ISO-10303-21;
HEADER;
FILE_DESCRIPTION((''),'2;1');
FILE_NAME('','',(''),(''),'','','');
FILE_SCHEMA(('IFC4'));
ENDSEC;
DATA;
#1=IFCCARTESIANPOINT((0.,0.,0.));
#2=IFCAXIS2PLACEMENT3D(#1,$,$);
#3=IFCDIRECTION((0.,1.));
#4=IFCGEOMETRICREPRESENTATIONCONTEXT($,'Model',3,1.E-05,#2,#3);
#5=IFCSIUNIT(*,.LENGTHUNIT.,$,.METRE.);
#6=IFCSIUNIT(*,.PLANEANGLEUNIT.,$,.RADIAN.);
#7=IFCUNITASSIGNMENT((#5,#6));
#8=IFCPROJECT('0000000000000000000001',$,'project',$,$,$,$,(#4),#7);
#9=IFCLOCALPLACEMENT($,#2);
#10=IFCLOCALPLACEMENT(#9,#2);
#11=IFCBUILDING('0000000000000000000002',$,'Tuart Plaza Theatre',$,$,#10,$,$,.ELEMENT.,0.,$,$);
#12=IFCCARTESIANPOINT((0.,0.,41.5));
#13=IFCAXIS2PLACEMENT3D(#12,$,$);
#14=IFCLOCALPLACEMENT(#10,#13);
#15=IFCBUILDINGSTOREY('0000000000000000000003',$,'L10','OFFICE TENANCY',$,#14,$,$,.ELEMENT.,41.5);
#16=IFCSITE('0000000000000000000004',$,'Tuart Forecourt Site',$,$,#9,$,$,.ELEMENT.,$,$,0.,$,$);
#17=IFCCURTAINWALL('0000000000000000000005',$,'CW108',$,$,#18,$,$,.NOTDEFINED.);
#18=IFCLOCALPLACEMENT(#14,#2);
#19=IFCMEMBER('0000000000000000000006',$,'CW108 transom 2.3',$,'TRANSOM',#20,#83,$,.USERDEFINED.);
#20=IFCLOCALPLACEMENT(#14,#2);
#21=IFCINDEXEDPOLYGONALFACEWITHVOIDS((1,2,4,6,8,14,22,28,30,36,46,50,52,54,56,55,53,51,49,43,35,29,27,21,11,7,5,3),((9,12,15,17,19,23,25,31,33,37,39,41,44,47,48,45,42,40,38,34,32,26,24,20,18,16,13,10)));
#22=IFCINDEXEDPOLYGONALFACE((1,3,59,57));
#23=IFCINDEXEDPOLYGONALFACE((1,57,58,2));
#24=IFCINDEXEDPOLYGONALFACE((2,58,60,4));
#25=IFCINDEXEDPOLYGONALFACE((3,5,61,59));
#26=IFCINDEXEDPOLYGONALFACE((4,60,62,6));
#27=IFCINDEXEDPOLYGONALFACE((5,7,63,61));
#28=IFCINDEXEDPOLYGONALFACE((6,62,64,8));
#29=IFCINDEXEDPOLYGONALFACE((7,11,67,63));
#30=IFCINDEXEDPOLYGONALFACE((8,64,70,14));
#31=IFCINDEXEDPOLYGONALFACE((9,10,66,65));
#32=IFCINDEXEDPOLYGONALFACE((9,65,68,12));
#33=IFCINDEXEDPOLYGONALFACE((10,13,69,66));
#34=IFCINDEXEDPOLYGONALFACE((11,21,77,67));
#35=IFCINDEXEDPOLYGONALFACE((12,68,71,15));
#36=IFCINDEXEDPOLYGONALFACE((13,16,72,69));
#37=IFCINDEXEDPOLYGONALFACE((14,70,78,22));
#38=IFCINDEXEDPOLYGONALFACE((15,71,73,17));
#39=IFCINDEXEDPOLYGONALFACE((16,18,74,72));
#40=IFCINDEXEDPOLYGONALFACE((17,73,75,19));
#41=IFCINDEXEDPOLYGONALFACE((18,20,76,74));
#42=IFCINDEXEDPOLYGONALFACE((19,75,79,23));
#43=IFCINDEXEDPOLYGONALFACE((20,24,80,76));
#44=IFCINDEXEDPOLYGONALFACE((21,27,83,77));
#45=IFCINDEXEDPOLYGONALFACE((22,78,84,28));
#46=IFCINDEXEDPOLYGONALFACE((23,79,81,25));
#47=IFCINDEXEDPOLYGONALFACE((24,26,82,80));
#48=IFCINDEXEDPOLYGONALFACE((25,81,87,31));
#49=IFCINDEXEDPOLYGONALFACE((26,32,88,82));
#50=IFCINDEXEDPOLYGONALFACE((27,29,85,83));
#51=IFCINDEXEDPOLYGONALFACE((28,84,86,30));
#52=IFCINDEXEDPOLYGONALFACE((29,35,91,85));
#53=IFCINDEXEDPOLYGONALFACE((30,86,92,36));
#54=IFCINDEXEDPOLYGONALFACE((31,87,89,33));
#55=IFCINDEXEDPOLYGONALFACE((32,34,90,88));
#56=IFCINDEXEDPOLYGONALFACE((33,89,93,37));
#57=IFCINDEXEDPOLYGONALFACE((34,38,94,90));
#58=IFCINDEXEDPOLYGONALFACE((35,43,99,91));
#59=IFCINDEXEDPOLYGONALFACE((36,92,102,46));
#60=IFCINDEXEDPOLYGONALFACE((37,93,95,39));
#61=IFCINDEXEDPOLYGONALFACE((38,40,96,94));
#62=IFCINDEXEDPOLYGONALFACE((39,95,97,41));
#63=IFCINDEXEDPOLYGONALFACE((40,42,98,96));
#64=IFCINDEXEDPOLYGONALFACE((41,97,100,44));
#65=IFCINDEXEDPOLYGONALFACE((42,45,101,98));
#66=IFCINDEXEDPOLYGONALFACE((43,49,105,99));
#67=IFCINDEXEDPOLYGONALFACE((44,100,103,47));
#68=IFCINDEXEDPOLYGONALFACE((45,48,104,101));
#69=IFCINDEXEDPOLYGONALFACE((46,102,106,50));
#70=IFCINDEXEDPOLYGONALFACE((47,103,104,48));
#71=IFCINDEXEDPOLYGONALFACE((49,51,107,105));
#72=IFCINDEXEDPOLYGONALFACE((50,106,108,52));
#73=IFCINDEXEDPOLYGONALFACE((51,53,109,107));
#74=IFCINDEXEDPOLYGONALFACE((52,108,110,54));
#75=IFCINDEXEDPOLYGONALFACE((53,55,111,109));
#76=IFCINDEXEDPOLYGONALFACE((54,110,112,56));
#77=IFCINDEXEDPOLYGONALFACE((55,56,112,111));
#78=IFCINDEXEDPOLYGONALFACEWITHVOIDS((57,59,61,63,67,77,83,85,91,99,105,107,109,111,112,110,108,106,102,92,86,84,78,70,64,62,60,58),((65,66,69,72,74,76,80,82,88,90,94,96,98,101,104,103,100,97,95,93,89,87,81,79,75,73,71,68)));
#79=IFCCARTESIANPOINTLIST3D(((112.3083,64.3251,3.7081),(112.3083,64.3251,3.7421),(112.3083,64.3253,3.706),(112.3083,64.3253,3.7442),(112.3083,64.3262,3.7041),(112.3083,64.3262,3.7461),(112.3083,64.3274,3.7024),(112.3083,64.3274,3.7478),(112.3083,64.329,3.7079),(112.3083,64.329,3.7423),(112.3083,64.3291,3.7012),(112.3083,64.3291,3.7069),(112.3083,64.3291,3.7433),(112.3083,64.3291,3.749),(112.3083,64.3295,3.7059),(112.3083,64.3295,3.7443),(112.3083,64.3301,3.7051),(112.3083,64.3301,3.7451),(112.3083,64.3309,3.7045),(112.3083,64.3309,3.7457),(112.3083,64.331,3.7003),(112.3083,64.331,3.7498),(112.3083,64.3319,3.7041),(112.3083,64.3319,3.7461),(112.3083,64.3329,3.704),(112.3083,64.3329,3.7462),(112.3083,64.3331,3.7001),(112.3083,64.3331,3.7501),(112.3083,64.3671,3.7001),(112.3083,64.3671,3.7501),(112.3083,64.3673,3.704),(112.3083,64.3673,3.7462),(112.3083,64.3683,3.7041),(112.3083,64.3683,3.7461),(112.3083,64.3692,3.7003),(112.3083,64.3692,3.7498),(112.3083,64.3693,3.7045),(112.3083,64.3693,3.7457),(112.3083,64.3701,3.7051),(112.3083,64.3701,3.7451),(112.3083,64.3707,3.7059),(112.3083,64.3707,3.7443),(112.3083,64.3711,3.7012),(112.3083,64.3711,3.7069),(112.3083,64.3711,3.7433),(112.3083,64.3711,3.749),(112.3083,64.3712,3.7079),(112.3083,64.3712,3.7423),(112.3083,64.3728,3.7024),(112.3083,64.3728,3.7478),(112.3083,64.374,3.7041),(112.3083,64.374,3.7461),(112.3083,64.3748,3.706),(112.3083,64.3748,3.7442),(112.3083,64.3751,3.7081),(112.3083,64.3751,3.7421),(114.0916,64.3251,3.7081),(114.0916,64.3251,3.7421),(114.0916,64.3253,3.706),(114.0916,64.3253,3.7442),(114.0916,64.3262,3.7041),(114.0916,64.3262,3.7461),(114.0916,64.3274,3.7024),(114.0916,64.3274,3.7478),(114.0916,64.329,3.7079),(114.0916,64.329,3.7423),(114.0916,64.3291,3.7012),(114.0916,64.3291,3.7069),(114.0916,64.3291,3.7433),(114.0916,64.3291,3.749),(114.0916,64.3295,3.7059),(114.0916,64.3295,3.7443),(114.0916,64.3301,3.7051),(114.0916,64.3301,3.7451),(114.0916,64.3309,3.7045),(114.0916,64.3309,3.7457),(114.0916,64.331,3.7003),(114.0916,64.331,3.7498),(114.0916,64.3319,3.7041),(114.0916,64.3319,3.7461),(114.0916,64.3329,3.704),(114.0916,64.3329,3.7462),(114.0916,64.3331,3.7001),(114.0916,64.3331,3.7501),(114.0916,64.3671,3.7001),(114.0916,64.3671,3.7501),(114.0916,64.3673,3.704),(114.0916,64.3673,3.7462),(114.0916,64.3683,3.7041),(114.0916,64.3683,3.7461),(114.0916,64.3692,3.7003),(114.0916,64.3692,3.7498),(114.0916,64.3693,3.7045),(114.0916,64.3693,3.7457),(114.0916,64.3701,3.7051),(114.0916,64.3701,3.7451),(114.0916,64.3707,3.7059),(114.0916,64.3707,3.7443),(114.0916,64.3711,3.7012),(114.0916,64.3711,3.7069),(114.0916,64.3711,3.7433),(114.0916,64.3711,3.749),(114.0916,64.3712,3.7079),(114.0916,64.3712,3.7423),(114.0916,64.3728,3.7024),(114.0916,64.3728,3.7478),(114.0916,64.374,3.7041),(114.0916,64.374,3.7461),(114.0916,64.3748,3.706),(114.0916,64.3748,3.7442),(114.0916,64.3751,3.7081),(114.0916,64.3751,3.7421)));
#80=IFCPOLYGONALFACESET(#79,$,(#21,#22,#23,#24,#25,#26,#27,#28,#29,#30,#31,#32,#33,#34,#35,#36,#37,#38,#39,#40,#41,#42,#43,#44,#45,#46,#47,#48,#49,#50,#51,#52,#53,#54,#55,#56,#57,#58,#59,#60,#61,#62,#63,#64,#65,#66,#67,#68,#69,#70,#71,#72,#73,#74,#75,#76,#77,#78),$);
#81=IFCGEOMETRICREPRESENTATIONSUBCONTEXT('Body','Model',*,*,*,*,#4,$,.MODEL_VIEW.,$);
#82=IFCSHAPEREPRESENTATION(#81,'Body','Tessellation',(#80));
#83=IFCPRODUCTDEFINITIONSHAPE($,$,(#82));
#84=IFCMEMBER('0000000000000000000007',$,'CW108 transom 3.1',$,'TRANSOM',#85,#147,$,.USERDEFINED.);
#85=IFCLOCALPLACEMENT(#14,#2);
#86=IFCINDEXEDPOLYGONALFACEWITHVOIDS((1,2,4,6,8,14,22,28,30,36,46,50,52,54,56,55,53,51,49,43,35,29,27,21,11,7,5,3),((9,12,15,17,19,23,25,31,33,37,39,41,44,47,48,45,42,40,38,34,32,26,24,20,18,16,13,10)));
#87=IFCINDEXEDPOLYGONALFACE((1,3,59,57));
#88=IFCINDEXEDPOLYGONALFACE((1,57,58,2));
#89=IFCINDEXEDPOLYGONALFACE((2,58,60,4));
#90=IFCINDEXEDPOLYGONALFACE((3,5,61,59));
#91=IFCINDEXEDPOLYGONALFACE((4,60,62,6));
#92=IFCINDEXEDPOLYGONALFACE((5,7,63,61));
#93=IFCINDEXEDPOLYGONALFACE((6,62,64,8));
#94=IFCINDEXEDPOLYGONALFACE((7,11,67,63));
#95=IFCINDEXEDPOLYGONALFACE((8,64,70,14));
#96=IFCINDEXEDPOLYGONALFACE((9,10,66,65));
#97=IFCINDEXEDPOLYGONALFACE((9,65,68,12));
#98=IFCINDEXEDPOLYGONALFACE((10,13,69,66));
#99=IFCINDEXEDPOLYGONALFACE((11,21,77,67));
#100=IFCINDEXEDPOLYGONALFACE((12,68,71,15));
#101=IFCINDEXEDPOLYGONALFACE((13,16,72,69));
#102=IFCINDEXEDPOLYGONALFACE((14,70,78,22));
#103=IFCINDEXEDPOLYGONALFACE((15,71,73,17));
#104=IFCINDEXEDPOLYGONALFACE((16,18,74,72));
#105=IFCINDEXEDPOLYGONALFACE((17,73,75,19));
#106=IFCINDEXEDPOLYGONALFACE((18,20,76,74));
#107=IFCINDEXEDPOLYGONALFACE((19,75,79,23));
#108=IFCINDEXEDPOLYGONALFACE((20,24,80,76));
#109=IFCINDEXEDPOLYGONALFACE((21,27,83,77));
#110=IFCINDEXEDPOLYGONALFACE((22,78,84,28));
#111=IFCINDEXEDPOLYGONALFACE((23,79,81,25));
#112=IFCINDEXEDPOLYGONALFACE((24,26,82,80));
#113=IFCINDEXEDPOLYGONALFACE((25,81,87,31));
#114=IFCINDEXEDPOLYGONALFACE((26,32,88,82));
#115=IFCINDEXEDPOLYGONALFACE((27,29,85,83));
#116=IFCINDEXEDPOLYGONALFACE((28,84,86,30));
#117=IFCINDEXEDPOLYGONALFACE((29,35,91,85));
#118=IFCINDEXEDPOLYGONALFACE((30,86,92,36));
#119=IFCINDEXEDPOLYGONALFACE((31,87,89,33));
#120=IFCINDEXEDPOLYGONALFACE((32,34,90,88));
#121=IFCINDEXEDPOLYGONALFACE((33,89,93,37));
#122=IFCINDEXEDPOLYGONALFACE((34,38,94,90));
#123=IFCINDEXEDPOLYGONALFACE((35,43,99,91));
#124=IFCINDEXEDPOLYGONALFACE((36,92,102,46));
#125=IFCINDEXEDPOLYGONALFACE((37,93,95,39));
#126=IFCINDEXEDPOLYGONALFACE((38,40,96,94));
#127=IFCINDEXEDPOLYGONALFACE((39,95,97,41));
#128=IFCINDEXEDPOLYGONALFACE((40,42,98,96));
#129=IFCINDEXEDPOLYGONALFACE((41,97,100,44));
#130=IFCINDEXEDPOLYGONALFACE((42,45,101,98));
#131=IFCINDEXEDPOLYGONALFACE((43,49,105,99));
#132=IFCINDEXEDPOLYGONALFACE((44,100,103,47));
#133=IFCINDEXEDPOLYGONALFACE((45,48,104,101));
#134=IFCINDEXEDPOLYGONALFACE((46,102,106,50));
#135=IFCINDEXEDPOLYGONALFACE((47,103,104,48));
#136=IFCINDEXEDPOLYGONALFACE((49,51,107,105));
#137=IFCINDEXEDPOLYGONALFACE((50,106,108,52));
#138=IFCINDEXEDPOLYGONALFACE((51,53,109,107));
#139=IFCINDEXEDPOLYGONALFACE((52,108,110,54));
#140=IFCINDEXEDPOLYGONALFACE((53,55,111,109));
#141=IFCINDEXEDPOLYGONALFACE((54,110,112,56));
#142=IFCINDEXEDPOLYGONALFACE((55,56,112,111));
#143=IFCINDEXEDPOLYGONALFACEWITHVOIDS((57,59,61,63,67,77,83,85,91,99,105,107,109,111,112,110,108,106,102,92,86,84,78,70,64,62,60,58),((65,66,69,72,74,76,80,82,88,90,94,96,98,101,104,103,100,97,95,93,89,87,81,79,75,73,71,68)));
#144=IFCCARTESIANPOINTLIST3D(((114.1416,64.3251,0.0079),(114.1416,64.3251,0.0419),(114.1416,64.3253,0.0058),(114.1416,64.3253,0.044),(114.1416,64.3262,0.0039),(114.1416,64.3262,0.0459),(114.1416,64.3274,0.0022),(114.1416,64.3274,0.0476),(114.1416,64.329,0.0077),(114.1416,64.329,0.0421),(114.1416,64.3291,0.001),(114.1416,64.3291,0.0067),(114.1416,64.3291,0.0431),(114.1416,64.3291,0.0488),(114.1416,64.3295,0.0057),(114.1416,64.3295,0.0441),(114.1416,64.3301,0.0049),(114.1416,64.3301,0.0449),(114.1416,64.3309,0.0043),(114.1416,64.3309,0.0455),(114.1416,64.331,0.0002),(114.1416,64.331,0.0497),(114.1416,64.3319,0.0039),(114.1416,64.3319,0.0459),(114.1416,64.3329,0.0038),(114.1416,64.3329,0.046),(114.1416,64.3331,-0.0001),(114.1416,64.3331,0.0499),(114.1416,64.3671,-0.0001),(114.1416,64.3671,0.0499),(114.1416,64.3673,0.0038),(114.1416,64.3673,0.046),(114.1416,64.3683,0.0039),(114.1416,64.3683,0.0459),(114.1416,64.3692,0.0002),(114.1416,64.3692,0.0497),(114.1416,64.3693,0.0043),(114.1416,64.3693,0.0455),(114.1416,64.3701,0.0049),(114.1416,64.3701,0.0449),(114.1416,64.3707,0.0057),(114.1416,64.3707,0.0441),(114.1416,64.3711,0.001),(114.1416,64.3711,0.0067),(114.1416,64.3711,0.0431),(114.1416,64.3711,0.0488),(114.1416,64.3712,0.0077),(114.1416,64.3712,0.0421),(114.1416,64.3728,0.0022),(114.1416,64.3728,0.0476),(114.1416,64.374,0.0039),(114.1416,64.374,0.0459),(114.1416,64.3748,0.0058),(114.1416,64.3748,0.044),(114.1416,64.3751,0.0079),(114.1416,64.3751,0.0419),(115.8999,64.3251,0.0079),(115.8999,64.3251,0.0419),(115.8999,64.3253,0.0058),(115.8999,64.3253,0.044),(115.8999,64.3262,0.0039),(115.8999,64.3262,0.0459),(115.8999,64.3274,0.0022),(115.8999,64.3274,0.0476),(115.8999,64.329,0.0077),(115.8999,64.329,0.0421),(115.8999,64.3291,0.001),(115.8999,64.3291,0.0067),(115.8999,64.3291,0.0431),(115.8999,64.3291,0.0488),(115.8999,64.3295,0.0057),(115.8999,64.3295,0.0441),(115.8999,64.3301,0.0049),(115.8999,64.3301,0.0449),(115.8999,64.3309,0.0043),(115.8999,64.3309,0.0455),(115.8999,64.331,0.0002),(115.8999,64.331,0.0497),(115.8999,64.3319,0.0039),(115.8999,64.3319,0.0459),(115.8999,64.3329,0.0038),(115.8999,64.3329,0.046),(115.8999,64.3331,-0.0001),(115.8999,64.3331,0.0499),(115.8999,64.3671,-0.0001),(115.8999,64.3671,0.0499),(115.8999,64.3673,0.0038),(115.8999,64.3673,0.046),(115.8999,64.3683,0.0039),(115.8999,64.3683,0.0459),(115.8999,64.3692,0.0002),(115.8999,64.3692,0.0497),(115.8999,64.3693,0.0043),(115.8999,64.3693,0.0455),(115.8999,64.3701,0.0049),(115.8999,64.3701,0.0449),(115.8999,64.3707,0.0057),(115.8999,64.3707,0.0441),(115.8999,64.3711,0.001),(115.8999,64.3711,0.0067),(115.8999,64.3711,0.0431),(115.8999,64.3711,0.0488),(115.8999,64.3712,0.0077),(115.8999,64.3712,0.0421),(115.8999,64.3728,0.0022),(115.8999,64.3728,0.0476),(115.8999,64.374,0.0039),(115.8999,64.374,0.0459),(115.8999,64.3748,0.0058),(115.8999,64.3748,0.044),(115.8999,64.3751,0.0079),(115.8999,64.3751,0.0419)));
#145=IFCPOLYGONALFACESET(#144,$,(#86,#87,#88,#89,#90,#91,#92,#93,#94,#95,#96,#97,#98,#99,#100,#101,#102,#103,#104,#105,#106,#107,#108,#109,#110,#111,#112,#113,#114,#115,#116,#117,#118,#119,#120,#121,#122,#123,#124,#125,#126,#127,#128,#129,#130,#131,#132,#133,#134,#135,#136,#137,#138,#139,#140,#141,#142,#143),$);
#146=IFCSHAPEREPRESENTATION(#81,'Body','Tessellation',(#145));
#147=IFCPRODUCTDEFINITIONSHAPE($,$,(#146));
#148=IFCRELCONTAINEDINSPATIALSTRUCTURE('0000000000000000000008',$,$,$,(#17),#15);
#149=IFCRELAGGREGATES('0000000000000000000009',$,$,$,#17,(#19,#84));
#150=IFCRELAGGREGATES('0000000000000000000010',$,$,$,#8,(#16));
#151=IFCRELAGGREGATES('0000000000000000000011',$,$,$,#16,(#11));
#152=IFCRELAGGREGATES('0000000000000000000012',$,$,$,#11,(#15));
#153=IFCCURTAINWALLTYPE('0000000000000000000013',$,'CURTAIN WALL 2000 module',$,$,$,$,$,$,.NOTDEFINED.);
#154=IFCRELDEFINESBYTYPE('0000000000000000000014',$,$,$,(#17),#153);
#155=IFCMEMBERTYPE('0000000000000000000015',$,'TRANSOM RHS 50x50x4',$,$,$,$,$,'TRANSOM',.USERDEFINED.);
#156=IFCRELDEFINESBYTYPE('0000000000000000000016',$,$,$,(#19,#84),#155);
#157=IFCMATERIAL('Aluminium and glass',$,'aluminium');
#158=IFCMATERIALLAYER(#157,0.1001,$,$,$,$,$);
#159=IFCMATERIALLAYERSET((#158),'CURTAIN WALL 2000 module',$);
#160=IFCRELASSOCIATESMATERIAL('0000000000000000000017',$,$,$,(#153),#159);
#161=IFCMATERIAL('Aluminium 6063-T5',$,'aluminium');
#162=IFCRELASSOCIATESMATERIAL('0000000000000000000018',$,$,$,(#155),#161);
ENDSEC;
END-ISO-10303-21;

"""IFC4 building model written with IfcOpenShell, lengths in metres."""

from ifc_helpers import new_model, si_unit, direction, frame, origin, origin_2d, place, context, subcontext, project, spatial, hollow_rectangle, extrude, material, layer, layer_set, material_profile, profile_set, type_object, element, aggregate, save


model = new_model("IFC4")

# Units and contexts
model_context = context("Model", 3, precision=1e-05, world=origin(), true_north=direction((0.0, 1.0)))
body_context = subcontext(model_context, "Body", "Model", "MODEL_VIEW")
ifc_project = project(units=[si_unit("LENGTHUNIT", "METRE"), si_unit("PLANEANGLEUNIT", "RADIAN")], contexts=[model_context])

# Site, building, storey
site_placement = place(None, origin())
site = spatial("IfcSite", under=ifc_project, at=site_placement, Name="Tuart Forecourt Site", CompositionType="ELEMENT", RefElevation=0.0)
building_placement = place(site_placement, origin())
building = spatial("IfcBuilding", under=site, at=building_placement, Name="Tuart Plaza Theatre", CompositionType="ELEMENT", ElevationOfRefHeight=0.0)
storey_placement = place(building_placement, frame((0.0, 0.0, 41.5)))
storey = spatial("IfcBuildingStorey", under=building, at=storey_placement, Name="L10", Description="OFFICE TENANCY", CompositionType="ELEMENT", Elevation=41.5)

# Curtain wall, members
ifc_material_1 = material(Name="Aluminium and glass", Category="aluminium")
ifc_layer_1 = layer(ifc_material_1, 0.1001)
ifc_layer_set_1 = layer_set([ifc_layer_1], Name="CURTAIN WALL 2000 module")
curtain_wall_type = type_object("IfcCurtainWallType", Name="CURTAIN WALL 2000 module", PredefinedType="NOTDEFINED", material=ifc_layer_set_1)
curtain_wall_placement = place(storey_placement, origin())
curtain_wall = element("IfcCurtainWall", 1, at=curtain_wall_placement, inside=storey, type_object=curtain_wall_type, Name="CW108", PredefinedType="NOTDEFINED")
ifc_material_2 = material(Name="Aluminium 6063-T5", Category="aluminium")
ifc_material_profile_1 = material_profile(ifc_material_2, hollow_rectangle(XDim=0.05, YDim=0.05, WallThickness=0.0039, InnerFilletRadius=0.0039, OuterFilletRadius=0.0081, at=origin_2d()), Name="RHS 50x50x4")
ifc_profile_set_1 = profile_set([ifc_material_profile_1], Name="Aluminium 6063-T5")
member_type_1 = type_object("IfcMemberType", Name="TRANSOM RHS 50x50x4", ElementType="TRANSOM", PredefinedType="USERDEFINED", material=ifc_profile_set_1)
member_1_placement = place(storey_placement, frame((112.3083, 64.3501, 3.7251), z_axis=(1.0, 0.0, 0.0), x_axis=(0.0, 1.0, 0.0)))
member_1 = element("IfcMember", 2, at=member_1_placement, type_object=member_type_1, Name="CW108 transom 2.3", ObjectType="TRANSOM", PredefinedType="USERDEFINED", context=body_context, shape_type="SweptSolid", body=[
    extrude(hollow_rectangle(XDim=0.05, YDim=0.05, WallThickness=0.0039, InnerFilletRadius=0.0039, OuterFilletRadius=0.0081, at=origin_2d()), origin(), (0.0, 0.0, 1.0), 1.7832),
])
member_2_placement = place(storey_placement, frame((114.1416, 64.3501, 0.0249), z_axis=(1.0, 0.0, 0.0), x_axis=(0.0, 1.0, 0.0)))
member_2 = element("IfcMember", 3, at=member_2_placement, type_object=member_type_1, Name="CW108 transom 3.1", ObjectType="TRANSOM", PredefinedType="USERDEFINED", context=body_context, shape_type="SweptSolid", body=[
    extrude(hollow_rectangle(XDim=0.05, YDim=0.05, WallThickness=0.0039, InnerFilletRadius=0.0039, OuterFilletRadius=0.0081, at=origin_2d()), origin(), (0.0, 0.0, 1.0), 1.7583),
])
aggregate(curtain_wall, [member_1, member_2])

save(model, "model.ifc")
